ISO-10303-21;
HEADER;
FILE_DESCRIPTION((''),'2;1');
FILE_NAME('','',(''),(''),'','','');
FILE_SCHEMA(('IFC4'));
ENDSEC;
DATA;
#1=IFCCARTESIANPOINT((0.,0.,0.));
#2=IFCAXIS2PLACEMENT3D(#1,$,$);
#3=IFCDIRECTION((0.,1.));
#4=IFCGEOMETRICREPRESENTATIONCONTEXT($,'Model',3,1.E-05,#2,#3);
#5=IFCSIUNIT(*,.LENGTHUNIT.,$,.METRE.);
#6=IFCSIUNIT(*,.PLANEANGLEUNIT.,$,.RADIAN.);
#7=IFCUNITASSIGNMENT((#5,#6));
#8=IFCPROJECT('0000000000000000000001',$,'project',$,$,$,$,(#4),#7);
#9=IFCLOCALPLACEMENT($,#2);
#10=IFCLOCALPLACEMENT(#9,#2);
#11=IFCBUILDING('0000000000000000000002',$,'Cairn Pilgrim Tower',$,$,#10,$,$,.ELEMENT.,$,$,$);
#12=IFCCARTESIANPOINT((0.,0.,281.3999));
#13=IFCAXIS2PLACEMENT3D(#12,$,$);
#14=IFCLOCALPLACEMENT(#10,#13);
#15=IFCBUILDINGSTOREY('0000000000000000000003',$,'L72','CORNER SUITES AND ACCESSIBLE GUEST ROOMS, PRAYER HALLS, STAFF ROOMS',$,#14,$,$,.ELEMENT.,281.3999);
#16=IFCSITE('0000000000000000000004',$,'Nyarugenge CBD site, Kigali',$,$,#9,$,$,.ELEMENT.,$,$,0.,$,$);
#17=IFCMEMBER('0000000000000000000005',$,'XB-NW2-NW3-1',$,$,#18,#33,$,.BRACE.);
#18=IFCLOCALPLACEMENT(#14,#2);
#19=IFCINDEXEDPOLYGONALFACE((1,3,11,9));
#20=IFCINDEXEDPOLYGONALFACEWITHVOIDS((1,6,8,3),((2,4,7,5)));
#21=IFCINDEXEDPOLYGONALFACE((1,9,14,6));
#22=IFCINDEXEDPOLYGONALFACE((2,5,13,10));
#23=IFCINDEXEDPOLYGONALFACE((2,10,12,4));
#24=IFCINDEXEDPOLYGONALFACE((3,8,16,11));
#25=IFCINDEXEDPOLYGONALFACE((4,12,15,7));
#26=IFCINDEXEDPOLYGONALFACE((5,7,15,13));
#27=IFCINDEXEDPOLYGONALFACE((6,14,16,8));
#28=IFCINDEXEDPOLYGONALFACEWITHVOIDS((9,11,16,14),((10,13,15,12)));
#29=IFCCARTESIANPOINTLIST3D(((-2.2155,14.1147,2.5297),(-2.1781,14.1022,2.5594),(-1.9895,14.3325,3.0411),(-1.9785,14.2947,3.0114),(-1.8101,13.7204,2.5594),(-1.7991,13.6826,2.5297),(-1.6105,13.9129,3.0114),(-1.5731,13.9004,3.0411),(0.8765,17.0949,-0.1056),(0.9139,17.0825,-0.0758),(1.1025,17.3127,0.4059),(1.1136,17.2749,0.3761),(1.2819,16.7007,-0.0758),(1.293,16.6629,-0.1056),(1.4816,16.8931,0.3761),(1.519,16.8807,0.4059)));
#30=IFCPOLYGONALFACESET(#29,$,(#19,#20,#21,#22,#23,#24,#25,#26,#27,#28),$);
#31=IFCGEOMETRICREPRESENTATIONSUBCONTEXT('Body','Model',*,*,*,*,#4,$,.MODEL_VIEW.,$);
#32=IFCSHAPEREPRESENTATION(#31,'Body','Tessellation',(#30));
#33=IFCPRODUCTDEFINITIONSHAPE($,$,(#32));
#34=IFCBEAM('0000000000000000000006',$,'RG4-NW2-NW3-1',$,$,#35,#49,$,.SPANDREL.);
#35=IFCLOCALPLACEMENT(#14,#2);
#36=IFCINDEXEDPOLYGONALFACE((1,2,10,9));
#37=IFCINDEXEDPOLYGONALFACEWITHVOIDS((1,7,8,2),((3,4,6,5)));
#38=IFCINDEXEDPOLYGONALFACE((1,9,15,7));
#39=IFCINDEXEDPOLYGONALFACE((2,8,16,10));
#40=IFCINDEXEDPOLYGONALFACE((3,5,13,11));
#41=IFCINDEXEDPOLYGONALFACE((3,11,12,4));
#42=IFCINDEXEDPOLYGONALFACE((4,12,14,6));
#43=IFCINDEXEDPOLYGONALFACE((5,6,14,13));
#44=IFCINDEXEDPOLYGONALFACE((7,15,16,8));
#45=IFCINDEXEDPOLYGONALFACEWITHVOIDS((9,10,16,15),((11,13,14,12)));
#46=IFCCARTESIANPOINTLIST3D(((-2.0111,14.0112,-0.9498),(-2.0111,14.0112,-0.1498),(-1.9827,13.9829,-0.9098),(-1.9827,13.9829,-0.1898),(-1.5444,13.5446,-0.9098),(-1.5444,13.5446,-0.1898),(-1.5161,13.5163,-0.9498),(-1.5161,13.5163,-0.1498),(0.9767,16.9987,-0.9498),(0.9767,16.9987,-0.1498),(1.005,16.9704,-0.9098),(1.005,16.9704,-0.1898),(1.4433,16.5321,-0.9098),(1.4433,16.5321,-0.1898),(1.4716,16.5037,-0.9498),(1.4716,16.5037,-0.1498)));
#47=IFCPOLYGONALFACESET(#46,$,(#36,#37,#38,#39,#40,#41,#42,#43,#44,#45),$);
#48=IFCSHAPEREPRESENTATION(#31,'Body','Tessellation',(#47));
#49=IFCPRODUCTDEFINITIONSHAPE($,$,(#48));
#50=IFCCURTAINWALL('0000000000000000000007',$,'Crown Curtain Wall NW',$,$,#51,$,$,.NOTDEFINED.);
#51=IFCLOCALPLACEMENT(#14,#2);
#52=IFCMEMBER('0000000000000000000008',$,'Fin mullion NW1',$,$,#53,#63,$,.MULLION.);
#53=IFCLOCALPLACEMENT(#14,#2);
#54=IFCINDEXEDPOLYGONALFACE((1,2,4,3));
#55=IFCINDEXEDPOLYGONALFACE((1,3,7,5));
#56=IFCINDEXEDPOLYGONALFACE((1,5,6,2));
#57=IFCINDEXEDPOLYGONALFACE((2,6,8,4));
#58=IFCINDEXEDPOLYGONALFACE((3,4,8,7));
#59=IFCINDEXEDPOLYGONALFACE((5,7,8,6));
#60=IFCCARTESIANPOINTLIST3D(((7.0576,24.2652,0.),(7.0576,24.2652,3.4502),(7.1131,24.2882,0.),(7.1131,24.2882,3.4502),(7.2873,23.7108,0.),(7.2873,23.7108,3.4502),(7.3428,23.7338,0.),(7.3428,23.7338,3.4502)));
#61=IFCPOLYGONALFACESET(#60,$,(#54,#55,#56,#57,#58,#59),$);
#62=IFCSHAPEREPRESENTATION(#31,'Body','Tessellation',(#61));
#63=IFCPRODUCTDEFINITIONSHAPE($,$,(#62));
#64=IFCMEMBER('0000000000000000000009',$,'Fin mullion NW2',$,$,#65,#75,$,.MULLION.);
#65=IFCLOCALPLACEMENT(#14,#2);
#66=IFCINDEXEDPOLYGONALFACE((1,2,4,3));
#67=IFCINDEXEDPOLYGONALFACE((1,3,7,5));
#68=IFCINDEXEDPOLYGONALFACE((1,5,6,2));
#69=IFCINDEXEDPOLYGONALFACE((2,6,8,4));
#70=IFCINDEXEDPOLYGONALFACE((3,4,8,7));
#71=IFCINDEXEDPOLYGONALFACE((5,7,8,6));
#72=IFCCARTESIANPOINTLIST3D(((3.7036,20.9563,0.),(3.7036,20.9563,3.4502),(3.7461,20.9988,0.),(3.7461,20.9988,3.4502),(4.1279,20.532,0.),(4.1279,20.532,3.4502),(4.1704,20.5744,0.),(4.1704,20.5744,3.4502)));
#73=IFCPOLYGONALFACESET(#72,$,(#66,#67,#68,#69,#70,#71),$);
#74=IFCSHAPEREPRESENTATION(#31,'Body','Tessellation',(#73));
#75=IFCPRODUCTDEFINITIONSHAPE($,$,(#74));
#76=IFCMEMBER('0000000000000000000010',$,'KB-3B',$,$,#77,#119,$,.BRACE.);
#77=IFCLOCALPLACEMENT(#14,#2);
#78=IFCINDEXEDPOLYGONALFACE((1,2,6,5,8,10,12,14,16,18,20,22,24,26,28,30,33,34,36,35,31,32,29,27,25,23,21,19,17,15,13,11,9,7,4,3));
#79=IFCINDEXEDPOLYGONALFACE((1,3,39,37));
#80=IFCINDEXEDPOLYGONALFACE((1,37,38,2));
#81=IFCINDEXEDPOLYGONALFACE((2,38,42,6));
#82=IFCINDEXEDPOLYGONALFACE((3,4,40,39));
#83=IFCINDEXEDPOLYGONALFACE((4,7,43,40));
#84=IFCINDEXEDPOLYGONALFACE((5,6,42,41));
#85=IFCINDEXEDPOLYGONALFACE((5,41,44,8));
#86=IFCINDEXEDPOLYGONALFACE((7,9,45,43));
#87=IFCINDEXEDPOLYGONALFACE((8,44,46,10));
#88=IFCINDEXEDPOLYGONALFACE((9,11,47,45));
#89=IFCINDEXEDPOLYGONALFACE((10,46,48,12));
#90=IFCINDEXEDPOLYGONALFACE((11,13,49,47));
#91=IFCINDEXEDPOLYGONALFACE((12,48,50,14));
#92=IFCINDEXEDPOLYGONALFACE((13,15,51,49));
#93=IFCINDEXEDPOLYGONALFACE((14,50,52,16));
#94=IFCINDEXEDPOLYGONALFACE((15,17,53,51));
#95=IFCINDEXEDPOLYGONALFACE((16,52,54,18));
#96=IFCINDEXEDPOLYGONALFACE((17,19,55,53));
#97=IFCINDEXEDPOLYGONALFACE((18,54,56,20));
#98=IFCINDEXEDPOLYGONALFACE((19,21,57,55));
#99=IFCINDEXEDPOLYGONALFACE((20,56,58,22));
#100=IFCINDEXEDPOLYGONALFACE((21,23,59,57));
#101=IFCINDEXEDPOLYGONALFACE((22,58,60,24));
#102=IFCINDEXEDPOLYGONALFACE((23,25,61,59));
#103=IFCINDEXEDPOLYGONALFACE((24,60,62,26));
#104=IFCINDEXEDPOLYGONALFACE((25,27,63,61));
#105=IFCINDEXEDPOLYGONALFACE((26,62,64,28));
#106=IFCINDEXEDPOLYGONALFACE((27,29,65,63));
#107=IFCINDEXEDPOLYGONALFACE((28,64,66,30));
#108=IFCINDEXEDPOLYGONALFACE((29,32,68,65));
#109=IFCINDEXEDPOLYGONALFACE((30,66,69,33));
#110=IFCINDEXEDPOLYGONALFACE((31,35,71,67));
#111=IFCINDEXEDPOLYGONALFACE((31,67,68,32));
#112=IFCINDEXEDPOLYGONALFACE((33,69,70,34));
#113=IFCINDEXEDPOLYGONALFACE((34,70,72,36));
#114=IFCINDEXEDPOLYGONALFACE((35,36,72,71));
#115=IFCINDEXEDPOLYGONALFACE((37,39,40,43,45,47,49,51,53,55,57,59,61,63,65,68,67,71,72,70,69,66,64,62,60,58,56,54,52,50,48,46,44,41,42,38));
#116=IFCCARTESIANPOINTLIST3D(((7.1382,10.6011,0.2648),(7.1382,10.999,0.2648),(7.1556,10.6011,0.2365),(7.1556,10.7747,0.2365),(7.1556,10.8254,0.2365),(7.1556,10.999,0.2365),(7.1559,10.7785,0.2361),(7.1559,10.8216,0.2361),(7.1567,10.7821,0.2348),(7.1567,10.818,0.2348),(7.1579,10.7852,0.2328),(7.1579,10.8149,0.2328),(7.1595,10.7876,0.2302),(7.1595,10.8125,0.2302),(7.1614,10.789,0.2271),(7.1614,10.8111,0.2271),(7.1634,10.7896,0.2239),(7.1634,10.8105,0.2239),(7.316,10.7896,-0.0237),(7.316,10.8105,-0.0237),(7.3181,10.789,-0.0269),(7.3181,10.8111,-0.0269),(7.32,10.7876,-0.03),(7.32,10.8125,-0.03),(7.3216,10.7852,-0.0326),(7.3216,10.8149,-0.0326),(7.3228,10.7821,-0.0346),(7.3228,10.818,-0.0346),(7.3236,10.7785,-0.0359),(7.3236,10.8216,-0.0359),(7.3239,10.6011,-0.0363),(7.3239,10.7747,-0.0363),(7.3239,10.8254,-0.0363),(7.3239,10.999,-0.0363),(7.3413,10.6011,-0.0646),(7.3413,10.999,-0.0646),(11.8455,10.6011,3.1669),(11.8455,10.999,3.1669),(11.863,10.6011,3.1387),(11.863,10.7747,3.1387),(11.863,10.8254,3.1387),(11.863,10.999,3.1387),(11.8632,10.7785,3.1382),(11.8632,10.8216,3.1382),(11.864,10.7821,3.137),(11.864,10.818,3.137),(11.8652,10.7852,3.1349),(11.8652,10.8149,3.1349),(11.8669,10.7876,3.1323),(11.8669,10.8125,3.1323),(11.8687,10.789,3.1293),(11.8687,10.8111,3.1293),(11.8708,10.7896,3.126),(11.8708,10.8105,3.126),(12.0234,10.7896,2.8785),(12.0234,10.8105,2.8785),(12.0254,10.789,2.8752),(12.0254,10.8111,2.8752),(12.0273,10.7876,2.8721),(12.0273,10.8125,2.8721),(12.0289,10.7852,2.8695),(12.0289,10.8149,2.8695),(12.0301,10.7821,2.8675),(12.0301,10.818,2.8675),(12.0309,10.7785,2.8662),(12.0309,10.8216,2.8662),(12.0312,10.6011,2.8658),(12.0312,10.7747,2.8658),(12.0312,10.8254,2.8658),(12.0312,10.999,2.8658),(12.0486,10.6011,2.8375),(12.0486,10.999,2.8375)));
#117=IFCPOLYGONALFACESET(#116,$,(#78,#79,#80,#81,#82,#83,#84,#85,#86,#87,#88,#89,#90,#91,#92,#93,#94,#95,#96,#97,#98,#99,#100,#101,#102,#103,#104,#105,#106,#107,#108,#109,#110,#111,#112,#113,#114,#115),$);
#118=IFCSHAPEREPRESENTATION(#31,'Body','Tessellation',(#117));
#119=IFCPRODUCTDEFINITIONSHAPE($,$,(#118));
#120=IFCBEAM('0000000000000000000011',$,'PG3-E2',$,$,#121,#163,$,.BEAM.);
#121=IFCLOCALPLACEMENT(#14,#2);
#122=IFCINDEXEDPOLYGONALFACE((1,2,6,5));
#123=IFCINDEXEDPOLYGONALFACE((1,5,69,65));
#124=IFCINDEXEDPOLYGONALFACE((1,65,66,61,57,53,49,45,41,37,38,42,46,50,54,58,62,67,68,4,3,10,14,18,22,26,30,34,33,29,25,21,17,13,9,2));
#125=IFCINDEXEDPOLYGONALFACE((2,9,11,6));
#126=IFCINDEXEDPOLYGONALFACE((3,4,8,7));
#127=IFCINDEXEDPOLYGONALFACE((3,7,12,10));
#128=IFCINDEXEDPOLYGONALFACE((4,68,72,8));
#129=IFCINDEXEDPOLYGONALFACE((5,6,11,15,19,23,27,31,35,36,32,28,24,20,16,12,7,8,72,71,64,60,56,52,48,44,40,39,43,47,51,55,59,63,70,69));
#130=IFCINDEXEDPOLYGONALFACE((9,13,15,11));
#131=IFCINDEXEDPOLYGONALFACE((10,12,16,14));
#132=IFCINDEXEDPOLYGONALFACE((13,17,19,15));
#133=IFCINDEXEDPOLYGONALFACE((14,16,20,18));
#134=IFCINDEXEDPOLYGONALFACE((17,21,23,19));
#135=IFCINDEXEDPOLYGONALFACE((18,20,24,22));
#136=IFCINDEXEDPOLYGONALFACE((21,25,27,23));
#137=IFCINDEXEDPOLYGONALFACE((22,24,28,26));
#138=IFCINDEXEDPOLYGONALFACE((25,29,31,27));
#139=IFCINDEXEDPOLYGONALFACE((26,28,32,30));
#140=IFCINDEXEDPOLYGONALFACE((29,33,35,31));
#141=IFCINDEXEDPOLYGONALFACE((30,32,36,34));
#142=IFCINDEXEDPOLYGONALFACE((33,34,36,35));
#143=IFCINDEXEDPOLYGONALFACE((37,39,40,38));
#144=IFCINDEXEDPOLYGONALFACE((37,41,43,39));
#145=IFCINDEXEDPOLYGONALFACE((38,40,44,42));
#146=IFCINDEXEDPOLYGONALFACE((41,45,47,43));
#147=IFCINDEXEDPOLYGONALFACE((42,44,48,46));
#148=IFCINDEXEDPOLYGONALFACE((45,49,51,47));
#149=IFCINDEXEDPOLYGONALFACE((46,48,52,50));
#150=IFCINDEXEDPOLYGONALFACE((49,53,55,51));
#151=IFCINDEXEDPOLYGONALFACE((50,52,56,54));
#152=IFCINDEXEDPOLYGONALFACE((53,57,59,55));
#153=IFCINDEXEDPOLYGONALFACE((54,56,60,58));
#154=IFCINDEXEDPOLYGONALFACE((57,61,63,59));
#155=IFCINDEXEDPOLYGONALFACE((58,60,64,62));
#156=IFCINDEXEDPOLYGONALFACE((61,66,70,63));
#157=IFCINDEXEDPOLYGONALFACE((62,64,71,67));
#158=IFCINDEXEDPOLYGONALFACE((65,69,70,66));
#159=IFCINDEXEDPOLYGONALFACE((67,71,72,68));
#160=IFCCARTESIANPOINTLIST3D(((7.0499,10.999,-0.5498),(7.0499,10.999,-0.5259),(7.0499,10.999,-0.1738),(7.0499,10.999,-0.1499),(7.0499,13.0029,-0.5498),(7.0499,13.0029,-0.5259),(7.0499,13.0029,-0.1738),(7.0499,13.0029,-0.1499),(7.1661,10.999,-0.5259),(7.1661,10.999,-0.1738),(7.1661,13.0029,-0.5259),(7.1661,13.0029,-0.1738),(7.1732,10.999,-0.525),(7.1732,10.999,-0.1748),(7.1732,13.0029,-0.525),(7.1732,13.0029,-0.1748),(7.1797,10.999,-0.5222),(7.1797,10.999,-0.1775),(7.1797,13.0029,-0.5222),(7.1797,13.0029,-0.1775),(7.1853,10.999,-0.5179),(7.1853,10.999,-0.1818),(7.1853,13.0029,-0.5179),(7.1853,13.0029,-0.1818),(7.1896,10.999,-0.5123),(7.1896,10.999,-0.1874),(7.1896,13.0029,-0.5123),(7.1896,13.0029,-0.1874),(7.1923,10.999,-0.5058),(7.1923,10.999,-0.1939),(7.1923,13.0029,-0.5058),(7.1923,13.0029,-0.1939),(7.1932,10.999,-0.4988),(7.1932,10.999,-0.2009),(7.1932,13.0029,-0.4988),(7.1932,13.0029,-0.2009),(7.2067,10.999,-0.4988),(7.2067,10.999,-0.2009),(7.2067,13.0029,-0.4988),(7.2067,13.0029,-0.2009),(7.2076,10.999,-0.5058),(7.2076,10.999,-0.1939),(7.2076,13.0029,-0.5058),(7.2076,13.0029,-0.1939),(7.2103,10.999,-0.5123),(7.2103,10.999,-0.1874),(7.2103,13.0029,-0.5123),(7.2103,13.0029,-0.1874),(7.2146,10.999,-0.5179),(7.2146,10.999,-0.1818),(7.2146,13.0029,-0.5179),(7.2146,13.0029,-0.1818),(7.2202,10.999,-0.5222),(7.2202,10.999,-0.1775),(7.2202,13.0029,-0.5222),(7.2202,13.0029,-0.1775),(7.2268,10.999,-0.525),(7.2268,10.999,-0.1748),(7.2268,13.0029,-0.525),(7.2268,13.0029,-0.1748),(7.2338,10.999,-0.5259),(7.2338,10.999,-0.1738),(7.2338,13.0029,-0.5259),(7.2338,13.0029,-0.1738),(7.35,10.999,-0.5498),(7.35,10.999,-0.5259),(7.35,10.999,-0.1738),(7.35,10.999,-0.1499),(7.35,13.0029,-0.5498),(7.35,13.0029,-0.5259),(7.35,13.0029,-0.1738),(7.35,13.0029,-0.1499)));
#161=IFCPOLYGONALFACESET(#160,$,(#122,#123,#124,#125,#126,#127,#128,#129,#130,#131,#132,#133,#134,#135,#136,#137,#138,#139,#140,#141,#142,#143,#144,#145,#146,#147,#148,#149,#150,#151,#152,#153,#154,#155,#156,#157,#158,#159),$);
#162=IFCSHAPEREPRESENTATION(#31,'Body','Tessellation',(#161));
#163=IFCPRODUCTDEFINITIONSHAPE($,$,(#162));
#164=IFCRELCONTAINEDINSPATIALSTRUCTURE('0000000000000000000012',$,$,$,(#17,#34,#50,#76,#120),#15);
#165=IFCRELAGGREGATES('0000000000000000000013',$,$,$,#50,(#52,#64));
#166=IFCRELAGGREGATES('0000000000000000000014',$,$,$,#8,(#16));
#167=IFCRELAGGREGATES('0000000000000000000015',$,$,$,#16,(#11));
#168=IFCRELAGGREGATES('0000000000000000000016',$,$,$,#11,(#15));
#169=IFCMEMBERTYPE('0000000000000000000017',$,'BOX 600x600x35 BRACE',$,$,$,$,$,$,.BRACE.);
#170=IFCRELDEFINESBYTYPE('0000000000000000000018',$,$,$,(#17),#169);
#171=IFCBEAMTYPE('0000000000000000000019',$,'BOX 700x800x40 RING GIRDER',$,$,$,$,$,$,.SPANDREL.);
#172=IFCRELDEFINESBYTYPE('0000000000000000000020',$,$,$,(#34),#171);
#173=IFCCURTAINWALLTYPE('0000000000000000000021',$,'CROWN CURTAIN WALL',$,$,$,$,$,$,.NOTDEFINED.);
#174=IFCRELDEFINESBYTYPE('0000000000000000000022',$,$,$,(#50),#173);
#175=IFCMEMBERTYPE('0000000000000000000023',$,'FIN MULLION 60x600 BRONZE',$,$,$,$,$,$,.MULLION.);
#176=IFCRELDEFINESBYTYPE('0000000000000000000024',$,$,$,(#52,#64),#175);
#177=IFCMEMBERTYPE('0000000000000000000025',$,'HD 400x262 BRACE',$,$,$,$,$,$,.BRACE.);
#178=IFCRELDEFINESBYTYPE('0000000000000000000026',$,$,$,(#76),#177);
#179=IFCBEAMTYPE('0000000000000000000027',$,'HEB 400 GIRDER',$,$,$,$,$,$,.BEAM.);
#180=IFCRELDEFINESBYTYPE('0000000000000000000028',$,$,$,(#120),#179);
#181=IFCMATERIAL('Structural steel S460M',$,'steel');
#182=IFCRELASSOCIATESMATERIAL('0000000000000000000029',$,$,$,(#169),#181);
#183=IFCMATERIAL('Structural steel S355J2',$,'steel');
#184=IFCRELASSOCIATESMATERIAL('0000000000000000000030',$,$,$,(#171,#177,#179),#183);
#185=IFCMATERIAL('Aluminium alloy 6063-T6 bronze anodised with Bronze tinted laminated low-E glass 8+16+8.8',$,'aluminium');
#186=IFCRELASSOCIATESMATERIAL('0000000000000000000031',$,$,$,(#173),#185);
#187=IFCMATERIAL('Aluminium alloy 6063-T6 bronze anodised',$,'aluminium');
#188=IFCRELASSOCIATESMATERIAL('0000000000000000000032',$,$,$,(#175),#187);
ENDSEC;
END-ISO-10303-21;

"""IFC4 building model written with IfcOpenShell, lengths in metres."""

from ifc_helpers import new_model, si_unit, direction, frame, origin, origin_2d, place, context, subcontext, project, spatial, rectangle, hollow_rectangle, i_section, extrude, material, material_profile, profile_set, type_object, element, aggregate, save


model = new_model("IFC4")

# Units and contexts
model_context = context("Model", 3, precision=1e-05, world=origin(), true_north=direction((0.0, 1.0)))
body_context = subcontext(model_context, "Body", "Model", "MODEL_VIEW")
ifc_project = project(units=[si_unit("LENGTHUNIT", "METRE"), si_unit("PLANEANGLEUNIT", "RADIAN")], contexts=[model_context])

# Site, building, storey
site_placement = place(None, origin())
site = spatial("IfcSite", under=ifc_project, at=site_placement, Name="Nyarugenge CBD site, Kigali", CompositionType="ELEMENT", RefElevation=0.0)
building_placement = place(site_placement, origin())
building = spatial("IfcBuilding", under=site, at=building_placement, Name="Cairn Pilgrim Tower", CompositionType="ELEMENT")
storey_placement = place(building_placement, frame((0.0, 0.0, 281.3999)))
storey = spatial("IfcBuildingStorey", under=building, at=storey_placement, Name="L72", Description="CORNER SUITES AND ACCESSIBLE GUEST ROOMS, PRAYER HALLS, STAFF ROOMS", CompositionType="ELEMENT", Elevation=281.3999)

# Shared definitions
ifc_material_1 = material(Name="Structural steel S355J2", Category="steel")

# Member
ifc_material_2 = material(Name="Structural steel S460M", Category="steel")
ifc_material_profile_1 = material_profile(ifc_material_2, hollow_rectangle(XDim=0.6001, YDim=0.6001, WallThickness=0.0349, at=origin_2d()), Name="BOX 600x600x35")
ifc_profile_set_1 = profile_set([ifc_material_profile_1], Name="Structural steel S460M")
member_type_1 = type_object("IfcMemberType", Name="BOX 600x600x35 BRACE", PredefinedType="BRACE", material=ifc_profile_set_1)
member_1_placement = place(storey_placement, frame((1.1978, 16.9878, 0.1501), z_axis=(-0.613676, -0.591484, 0.523018), x_axis=(0.693968, -0.720006, 0.0)))
element("IfcMember", 1, at=member_1_placement, inside=storey, type_object=member_type_1, Name="XB-NW2-NW3-1", PredefinedType="BRACE", context=body_context, shape_type="SweptSolid", body=[
    extrude(hollow_rectangle(XDim=0.6001, YDim=0.6001, WallThickness=0.0349, at=origin_2d()), origin(), (0.0, 0.0, 1.0), 5.0386),
])

# Beam
ifc_material_profile_2 = material_profile(ifc_material_1, hollow_rectangle(XDim=0.7, YDim=0.8, WallThickness=0.04, at=origin_2d()), Name="BOX 700x800x40")
ifc_profile_set_2 = profile_set([ifc_material_profile_2], Name="Structural steel S355J2")
beam_type_1 = type_object("IfcBeamType", Name="BOX 700x800x40 RING GIRDER", PredefinedType="SPANDREL", material=ifc_profile_set_2)
beam_1_placement = place(storey_placement, frame((1.2241, 16.7512, -0.5498), z_axis=(-0.707136, -0.707078, 0.0), x_axis=(0.707078, -0.707136, 0.0)))
element("IfcBeam", 2, at=beam_1_placement, inside=storey, type_object=beam_type_1, Name="RG4-NW2-NW3-1", PredefinedType="SPANDREL", context=body_context, shape_type="SweptSolid", body=[
    extrude(hollow_rectangle(XDim=0.7, YDim=0.8, WallThickness=0.04, at=origin_2d()), origin(), (0.0, 0.0, 1.0), 4.2251),
])

# Curtain wall, members
ifc_material_3 = material(Name="Aluminium alloy 6063-T6 bronze anodised with Bronze tinted laminated low-E glass 8+16+8.8", Category="aluminium")
curtain_wall_type = type_object("IfcCurtainWallType", Name="CROWN CURTAIN WALL", PredefinedType="NOTDEFINED", material=ifc_material_3)
curtain_wall_placement = place(storey_placement, origin())
curtain_wall = element("IfcCurtainWall", 3, at=curtain_wall_placement, inside=storey, type_object=curtain_wall_type, Name="Crown Curtain Wall NW", PredefinedType="NOTDEFINED")
ifc_material_4 = material(Name="Aluminium alloy 6063-T6 bronze anodised", Category="aluminium")
ifc_material_profile_3 = material_profile(ifc_material_4, rectangle(XDim=0.6001, YDim=0.0601, at=origin_2d()), Name="FIN MULLION 60x600 BRONZE")
ifc_profile_set_3 = profile_set([ifc_material_profile_3], Name="Aluminium alloy 6063-T6 bronze anodised")
member_type_2 = type_object("IfcMemberType", Name="FIN MULLION 60x600 BRONZE", PredefinedType="MULLION", material=ifc_profile_set_3)
member_2_placement = place(storey_placement, frame((7.2002, 23.9995, 0.0), z_axis=(0.0, 0.0, 1.0), x_axis=(-0.382683, 0.92388, 0.0)))
member_2 = element("IfcMember", 4, at=member_2_placement, type_object=member_type_2, Name="Fin mullion NW1", PredefinedType="MULLION", context=body_context, shape_type="SweptSolid", body=[
    extrude(rectangle(XDim=0.6001, YDim=0.0601, at=origin_2d()), origin(), (0.0, 0.0, 1.0), 3.4502),
])
member_3_placement = place(storey_placement, frame((3.937, 20.7654, 0.0), z_axis=(0.0, 0.0, 1.0), x_axis=(-0.707107, 0.707107, 0.0)))
member_3 = element("IfcMember", 5, at=member_3_placement, type_object=member_type_2, Name="Fin mullion NW2", PredefinedType="MULLION", context=body_context, shape_type="SweptSolid", body=[
    extrude(rectangle(XDim=0.6001, YDim=0.0601, at=origin_2d()), origin(), (0.0, 0.0, 1.0), 3.4502),
])

# Member
ifc_material_profile_4 = material_profile(ifc_material_1, i_section(OverallWidth=0.3979, OverallDepth=0.387, WebThickness=0.021, FlangeThickness=0.0332, FilletRadius=0.0149, at=origin_2d()), Name="HD 400x262")
ifc_profile_set_4 = profile_set([ifc_material_profile_4], Name="Structural steel S355J2")
member_type_3 = type_object("IfcMemberType", Name="HD 400x262 BRACE", PredefinedType="BRACE", material=ifc_profile_set_4)
member_4_placement = place(storey_placement, frame((7.2397, 10.8, 0.1001), z_axis=(0.851229, 0.0, 0.524794), x_axis=(0.0, 1.0, 0.0)))
element("IfcMember", 6, at=member_4_placement, inside=storey, type_object=member_type_3, Name="KB-3B", PredefinedType="BRACE", context=body_context, shape_type="SweptSolid", body=[
    extrude(i_section(OverallWidth=0.3979, OverallDepth=0.387, WebThickness=0.021, FlangeThickness=0.0332, FilletRadius=0.0149, at=origin_2d()), origin(), (0.0, 0.0, 1.0), 5.53),
])

# Beam
ifc_material_profile_5 = material_profile(ifc_material_1, i_section(OverallWidth=0.3, OverallDepth=0.3999, WebThickness=0.0134, FlangeThickness=0.0239, FilletRadius=0.0271, at=origin_2d()), Name="HEB 400")
ifc_profile_set_5 = profile_set([ifc_material_profile_5], Name="Structural steel S355J2")
beam_type_2 = type_object("IfcBeamType", Name="HEB 400 GIRDER", PredefinedType="BEAM", material=ifc_profile_set_5)
beam_2_placement = place(storey_placement, frame((7.2, 10.999, -0.3499), z_axis=(0.0, 1.0, 0.0), x_axis=(-1.0, 0.0, 0.0)))
element("IfcBeam", 7, at=beam_2_placement, inside=storey, type_object=beam_type_2, Name="PG3-E2", PredefinedType="BEAM", context=body_context, shape_type="SweptSolid", body=[
    extrude(i_section(OverallWidth=0.3, OverallDepth=0.3999, WebThickness=0.0134, FlangeThickness=0.0239, FilletRadius=0.0271, at=origin_2d()), origin(), (0.0, 0.0, 1.0), 2.0039),
])

aggregate(curtain_wall, [member_2, member_3])

save(model, "model.ifc")
